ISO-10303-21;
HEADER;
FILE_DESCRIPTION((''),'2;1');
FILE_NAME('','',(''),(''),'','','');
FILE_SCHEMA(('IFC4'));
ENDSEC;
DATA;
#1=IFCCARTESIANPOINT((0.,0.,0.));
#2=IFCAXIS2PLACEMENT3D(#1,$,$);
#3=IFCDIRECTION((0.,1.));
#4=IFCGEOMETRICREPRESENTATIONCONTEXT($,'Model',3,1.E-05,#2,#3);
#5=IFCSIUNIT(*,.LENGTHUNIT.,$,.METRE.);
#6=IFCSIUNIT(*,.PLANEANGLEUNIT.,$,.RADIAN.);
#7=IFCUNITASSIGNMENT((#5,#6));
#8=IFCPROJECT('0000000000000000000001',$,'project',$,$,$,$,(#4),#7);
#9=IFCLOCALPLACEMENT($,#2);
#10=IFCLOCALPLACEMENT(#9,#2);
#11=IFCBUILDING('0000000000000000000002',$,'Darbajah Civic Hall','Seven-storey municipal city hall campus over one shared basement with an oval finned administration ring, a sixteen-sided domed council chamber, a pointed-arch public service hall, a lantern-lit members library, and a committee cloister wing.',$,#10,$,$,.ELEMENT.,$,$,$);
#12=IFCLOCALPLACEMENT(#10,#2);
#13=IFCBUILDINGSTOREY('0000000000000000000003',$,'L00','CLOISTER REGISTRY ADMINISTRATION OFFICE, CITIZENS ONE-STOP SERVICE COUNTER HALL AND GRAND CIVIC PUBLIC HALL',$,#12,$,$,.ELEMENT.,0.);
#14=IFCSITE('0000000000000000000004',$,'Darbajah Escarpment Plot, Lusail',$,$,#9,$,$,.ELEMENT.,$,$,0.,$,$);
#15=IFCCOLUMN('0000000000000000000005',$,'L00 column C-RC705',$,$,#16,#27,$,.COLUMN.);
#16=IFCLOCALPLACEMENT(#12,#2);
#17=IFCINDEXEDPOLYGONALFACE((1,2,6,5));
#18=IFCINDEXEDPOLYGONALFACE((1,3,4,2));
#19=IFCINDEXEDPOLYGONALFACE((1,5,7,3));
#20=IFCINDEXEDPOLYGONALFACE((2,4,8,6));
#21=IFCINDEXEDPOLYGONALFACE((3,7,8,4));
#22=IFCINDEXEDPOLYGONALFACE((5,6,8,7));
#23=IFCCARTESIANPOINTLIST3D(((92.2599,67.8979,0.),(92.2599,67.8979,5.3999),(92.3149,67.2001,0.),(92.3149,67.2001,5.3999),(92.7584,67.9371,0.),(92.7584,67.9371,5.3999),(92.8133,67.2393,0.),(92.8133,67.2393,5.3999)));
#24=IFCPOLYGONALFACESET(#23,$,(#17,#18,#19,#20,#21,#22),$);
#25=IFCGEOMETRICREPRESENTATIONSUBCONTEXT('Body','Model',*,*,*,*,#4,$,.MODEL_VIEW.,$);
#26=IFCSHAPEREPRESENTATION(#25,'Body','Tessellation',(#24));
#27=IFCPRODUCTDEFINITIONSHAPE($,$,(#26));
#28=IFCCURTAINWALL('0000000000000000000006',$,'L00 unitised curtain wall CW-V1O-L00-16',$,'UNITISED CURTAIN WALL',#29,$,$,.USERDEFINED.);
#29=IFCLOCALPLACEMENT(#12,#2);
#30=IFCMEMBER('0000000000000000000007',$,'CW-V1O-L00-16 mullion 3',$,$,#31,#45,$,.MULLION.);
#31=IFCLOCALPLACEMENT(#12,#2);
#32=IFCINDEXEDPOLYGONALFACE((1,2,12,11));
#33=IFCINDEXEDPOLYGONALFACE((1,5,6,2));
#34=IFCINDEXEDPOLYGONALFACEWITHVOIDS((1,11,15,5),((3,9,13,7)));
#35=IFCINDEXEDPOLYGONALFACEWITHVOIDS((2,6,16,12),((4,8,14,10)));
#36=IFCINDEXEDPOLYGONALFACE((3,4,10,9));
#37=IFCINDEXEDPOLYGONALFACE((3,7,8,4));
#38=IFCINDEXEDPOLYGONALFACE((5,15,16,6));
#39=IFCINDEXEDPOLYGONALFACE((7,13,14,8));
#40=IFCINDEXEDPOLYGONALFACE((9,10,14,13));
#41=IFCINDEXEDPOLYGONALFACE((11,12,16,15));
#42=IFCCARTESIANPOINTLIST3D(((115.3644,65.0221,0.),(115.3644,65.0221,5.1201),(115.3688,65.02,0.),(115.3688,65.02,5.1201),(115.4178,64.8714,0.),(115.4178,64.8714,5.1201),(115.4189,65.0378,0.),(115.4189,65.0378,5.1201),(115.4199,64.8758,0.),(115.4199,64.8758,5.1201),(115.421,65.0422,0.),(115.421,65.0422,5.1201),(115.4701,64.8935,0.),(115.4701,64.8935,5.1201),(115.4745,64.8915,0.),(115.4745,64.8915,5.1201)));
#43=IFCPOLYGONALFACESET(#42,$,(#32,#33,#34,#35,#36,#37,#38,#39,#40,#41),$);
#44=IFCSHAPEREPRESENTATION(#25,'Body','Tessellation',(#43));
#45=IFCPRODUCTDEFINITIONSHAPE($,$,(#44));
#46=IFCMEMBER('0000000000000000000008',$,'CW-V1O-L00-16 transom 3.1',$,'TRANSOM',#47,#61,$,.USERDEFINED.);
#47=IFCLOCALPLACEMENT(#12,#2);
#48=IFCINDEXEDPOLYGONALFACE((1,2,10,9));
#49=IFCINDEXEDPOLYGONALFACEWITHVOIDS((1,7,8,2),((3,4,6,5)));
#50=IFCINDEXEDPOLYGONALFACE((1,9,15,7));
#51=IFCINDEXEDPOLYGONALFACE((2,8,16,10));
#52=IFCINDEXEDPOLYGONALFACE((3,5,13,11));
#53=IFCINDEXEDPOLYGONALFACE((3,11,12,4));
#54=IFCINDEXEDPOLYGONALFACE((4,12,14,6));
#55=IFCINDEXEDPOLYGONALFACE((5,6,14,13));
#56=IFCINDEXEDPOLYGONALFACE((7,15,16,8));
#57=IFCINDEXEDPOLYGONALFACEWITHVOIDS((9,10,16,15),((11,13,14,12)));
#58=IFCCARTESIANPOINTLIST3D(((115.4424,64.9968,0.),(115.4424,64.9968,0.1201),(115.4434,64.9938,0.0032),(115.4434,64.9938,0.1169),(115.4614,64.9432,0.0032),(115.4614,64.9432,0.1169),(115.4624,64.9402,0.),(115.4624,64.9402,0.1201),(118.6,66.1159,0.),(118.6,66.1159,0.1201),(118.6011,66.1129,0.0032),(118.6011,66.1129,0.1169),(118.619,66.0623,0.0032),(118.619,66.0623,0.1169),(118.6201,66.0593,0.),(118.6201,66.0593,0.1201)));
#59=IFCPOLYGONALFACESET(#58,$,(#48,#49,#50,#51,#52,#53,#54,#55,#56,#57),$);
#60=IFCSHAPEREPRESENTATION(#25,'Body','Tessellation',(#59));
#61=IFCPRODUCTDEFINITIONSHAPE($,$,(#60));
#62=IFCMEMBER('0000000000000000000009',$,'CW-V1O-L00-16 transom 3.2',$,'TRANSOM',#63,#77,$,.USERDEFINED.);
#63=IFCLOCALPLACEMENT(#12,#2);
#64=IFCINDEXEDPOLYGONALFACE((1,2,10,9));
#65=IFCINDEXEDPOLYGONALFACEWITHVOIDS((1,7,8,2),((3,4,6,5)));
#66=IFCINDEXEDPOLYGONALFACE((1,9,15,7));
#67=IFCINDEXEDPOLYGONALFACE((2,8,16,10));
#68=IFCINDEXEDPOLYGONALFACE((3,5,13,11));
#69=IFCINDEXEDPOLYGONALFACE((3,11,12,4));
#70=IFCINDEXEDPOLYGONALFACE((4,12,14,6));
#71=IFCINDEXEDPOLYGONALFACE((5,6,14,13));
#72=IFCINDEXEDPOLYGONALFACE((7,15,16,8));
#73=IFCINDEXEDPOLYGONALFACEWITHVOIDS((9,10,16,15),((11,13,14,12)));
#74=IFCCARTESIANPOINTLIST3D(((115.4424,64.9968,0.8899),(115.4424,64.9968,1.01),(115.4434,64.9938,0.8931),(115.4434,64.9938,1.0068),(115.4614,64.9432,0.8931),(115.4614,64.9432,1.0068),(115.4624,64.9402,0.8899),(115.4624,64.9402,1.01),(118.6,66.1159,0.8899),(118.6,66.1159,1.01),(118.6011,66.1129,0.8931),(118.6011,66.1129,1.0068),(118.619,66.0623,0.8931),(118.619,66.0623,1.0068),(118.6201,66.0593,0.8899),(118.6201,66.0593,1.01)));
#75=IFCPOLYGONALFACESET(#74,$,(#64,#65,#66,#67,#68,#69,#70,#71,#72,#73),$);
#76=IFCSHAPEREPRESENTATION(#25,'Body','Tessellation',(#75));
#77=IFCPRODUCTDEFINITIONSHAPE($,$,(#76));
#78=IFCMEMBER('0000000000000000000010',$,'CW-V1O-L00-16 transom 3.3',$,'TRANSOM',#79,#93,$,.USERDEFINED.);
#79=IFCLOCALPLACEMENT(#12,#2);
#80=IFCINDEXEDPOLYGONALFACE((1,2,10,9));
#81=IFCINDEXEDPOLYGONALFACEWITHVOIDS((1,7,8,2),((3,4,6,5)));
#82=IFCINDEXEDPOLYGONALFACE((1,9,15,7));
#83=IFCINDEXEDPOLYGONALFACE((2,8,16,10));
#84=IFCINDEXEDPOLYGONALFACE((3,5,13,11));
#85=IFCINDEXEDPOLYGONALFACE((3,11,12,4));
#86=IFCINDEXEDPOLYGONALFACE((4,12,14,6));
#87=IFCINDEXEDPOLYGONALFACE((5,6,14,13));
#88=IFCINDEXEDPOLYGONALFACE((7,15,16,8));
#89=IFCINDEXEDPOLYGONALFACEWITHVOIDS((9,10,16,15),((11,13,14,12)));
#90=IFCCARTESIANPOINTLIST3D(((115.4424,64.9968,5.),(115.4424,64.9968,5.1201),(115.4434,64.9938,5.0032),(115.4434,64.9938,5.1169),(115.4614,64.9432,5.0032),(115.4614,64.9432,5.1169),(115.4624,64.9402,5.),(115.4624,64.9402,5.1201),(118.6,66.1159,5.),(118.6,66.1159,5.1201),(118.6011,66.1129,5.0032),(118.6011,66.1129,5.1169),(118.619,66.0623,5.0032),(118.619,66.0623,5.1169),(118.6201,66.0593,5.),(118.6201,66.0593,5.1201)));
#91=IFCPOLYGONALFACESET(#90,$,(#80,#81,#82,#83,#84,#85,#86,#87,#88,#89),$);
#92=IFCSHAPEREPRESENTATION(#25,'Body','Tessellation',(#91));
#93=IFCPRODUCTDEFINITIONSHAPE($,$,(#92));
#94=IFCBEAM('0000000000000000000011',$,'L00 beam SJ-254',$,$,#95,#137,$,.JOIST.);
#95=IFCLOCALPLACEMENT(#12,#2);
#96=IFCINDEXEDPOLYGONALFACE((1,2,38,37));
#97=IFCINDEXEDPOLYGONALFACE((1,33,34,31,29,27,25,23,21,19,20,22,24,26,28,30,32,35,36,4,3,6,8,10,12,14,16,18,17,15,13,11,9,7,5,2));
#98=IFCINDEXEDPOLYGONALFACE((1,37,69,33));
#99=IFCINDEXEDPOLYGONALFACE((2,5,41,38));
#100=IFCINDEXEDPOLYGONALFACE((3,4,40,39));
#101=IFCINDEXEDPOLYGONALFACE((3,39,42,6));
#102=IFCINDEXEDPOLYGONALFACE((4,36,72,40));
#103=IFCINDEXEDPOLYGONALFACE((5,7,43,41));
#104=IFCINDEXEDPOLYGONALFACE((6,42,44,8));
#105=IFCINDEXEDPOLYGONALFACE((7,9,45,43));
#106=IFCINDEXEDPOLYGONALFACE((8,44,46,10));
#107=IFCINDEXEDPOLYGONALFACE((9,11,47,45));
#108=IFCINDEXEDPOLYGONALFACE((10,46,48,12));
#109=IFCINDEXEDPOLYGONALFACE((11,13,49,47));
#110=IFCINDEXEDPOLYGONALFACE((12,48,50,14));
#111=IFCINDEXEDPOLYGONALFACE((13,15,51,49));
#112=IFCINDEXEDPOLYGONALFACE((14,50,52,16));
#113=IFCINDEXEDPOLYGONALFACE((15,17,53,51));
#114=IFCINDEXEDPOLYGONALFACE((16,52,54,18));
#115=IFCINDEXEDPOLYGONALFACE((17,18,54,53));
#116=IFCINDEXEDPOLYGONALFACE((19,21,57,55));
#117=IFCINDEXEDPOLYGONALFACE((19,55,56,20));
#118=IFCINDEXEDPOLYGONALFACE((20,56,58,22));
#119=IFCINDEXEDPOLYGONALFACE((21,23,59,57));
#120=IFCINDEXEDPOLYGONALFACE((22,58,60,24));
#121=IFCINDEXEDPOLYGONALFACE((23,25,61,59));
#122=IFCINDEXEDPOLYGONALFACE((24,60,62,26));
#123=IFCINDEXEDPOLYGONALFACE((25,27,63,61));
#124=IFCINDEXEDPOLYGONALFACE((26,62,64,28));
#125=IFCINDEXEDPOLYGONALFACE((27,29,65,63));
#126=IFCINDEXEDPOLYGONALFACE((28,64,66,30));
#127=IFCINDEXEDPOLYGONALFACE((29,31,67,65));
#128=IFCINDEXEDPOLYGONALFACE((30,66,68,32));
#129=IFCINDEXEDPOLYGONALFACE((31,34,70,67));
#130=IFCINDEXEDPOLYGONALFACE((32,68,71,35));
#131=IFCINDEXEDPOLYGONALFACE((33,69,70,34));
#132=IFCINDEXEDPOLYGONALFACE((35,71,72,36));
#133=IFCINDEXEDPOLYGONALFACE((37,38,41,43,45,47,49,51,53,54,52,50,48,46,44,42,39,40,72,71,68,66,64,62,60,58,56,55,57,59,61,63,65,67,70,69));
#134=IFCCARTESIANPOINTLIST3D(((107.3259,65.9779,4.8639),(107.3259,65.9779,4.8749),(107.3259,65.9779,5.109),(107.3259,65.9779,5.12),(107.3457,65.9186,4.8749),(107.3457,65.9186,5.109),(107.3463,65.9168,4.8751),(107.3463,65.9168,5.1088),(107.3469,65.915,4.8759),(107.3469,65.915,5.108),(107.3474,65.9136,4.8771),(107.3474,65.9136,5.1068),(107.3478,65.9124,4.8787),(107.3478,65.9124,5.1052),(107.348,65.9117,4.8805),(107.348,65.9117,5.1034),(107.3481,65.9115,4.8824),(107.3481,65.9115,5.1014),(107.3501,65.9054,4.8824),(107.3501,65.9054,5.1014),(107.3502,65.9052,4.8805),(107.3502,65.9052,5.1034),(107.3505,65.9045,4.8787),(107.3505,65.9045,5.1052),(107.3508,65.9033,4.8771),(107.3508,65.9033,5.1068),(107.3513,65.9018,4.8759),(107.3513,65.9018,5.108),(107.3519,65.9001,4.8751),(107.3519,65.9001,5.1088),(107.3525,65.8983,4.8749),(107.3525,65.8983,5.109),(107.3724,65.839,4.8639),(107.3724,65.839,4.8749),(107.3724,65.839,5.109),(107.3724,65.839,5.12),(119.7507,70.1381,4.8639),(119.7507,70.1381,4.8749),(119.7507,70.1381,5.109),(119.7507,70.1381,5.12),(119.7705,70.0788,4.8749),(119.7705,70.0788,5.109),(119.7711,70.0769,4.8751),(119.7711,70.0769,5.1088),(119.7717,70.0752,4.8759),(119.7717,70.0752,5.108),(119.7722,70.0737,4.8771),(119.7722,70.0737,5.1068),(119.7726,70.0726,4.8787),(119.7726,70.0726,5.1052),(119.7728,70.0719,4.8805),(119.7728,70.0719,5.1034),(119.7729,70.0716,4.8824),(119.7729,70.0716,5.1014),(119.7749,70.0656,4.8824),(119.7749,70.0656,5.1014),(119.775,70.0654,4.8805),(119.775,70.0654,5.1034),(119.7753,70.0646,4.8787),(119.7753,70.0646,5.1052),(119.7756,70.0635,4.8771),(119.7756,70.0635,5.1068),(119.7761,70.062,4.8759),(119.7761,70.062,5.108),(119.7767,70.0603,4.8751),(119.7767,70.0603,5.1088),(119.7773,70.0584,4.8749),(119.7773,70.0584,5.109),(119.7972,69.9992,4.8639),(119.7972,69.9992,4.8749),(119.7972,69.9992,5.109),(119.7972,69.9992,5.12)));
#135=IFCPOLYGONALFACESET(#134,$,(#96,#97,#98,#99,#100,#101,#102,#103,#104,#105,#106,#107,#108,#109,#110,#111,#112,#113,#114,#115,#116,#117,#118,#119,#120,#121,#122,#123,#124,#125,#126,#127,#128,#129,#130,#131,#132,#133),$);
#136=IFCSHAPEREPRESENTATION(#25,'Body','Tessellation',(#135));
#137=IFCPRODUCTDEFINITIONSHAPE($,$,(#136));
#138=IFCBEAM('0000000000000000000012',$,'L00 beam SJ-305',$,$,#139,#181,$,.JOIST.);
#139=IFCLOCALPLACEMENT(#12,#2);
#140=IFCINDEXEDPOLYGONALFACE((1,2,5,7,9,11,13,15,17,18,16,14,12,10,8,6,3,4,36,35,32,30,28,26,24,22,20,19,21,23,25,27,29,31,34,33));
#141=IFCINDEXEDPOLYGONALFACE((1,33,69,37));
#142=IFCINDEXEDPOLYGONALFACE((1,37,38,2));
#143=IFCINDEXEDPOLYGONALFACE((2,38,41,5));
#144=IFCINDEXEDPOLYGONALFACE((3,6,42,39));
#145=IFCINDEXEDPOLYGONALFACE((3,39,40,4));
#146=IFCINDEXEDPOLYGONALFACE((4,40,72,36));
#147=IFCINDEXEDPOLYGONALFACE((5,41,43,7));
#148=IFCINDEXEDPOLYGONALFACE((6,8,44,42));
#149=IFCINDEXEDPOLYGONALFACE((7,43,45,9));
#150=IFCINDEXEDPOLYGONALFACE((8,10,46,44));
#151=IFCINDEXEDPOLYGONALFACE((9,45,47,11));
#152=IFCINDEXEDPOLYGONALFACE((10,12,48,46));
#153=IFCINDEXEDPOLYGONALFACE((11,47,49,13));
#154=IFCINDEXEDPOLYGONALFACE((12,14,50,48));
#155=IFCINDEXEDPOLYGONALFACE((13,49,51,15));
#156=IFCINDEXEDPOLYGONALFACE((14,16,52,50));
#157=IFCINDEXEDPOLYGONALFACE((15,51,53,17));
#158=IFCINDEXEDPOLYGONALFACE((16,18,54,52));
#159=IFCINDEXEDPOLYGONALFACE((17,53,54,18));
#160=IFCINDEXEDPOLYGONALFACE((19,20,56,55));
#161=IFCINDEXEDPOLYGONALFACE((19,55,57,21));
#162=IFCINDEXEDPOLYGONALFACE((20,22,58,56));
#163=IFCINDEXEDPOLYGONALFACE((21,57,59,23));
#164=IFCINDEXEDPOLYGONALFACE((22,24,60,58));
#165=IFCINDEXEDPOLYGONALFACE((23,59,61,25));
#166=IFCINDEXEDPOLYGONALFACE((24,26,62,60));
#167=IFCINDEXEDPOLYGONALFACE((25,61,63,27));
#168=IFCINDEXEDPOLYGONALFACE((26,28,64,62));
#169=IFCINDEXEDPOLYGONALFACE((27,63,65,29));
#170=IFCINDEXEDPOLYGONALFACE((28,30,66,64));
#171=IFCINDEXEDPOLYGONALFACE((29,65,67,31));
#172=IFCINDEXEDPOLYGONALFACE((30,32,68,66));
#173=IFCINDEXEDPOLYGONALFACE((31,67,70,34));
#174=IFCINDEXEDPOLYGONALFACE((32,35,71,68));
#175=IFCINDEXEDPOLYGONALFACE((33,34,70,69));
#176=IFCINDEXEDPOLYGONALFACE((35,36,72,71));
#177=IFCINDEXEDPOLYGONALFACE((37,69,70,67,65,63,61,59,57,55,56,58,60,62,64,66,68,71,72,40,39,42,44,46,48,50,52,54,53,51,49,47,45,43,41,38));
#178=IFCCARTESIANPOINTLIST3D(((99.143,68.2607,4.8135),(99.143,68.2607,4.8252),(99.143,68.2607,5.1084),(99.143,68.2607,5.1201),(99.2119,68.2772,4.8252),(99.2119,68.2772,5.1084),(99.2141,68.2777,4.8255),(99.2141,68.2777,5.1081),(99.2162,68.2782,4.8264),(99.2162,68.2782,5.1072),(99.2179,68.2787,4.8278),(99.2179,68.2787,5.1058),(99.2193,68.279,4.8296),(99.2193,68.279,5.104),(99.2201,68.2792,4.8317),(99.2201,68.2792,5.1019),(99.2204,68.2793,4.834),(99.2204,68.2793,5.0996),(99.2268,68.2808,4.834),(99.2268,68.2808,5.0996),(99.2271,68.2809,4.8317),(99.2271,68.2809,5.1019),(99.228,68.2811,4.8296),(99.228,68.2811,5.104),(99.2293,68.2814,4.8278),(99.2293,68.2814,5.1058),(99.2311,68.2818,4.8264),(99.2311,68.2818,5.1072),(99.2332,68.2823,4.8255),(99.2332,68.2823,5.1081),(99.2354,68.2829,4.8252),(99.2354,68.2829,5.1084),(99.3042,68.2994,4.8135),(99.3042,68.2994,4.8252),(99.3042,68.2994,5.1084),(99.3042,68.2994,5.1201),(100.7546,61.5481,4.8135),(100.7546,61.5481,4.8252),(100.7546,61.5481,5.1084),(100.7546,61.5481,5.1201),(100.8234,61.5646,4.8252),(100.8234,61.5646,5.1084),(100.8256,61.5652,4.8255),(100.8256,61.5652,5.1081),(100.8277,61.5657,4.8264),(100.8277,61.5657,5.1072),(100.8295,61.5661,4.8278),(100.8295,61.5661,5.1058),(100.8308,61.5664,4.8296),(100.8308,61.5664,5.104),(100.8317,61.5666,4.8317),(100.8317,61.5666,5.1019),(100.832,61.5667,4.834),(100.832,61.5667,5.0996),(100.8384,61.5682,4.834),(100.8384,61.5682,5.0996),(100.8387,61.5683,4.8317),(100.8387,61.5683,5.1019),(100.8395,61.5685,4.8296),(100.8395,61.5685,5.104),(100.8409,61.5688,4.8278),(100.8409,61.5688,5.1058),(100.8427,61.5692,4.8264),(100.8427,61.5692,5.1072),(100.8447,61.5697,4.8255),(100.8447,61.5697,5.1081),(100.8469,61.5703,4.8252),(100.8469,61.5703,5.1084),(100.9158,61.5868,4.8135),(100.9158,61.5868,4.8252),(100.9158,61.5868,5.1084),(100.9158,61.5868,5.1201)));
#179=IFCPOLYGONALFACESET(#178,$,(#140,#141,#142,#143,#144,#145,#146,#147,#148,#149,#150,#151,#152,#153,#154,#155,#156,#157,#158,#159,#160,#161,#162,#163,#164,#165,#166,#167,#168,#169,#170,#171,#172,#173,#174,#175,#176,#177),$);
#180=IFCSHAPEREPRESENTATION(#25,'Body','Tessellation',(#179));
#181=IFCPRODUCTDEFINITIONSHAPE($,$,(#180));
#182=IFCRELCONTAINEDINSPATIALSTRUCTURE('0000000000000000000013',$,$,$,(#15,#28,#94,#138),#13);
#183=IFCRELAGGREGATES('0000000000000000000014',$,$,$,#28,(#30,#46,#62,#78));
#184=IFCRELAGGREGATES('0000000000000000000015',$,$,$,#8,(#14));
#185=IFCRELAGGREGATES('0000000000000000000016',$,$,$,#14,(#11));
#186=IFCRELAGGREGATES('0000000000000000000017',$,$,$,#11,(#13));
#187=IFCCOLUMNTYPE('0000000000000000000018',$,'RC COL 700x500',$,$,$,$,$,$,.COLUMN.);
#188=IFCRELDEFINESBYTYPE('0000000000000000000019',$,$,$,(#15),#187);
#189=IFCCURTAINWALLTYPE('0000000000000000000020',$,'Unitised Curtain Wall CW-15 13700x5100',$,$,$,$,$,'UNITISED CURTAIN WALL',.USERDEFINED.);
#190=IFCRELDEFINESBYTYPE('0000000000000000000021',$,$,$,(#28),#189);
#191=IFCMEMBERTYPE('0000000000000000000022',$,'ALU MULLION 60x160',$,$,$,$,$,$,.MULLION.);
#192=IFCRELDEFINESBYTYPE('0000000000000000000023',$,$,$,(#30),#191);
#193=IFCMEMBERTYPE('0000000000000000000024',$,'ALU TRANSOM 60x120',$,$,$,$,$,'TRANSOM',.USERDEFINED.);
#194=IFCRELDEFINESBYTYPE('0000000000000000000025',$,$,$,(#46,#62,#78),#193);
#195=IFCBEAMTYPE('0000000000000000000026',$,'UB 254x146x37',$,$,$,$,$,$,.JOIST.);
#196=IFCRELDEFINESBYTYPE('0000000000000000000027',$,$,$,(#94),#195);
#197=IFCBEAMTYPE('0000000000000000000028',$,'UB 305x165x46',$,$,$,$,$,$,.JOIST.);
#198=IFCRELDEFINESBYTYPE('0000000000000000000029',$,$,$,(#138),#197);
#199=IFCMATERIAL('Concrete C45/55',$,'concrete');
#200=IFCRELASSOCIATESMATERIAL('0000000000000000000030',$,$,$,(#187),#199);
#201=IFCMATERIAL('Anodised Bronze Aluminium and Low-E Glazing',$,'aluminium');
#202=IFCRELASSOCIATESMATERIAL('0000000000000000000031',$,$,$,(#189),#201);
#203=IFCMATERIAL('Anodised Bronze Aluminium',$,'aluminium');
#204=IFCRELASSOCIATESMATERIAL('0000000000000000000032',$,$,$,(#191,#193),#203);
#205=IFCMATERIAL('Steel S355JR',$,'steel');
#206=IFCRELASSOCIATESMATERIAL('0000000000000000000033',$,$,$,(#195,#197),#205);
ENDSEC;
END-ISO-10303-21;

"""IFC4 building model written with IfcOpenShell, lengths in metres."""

from ifc_helpers import new_model, si_unit, direction, frame, origin, origin_2d, place, context, subcontext, project, spatial, rectangle, hollow_rectangle, i_section, extrude, material, material_profile, profile_set, type_object, element, aggregate, save


model = new_model("IFC4")

# Units and contexts
model_context = context("Model", 3, precision=1e-05, world=origin(), true_north=direction((0.0, 1.0)))
body_context = subcontext(model_context, "Body", "Model", "MODEL_VIEW")
ifc_project = project(units=[si_unit("LENGTHUNIT", "METRE"), si_unit("PLANEANGLEUNIT", "RADIAN")], contexts=[model_context])

# Site, building, storey
site_placement = place(None, origin())
site = spatial("IfcSite", under=ifc_project, at=site_placement, Name="Darbajah Escarpment Plot, Lusail", CompositionType="ELEMENT", RefElevation=0.0)
building_placement = place(site_placement, origin())
building = spatial("IfcBuilding", under=site, at=building_placement, Name="Darbajah Civic Hall", Description="Seven-storey municipal city hall campus over one shared basement with an oval finned administration ring, a sixteen-sided domed council chamber, a pointed-arch public service hall, a lantern-lit members library, and a committee cloister wing.", CompositionType="ELEMENT")
storey_placement = place(building_placement, origin())
storey = spatial("IfcBuildingStorey", under=building, at=storey_placement, Name="L00", Description="CLOISTER REGISTRY ADMINISTRATION OFFICE, CITIZENS ONE-STOP SERVICE COUNTER HALL AND GRAND CIVIC PUBLIC HALL", CompositionType="ELEMENT", Elevation=0.0)

# Column
ifc_material_1 = material(Name="Concrete C45/55", Category="concrete")
ifc_material_profile_1 = material_profile(ifc_material_1, rectangle(XDim=0.7, YDim=0.5, at=origin_2d()), Name="RC COL 700x500")
ifc_profile_set_1 = profile_set([ifc_material_profile_1], Name="Concrete C45/55")
column_type = type_object("IfcColumnType", Name="RC COL 700x500", PredefinedType="COLUMN", material=ifc_profile_set_1)
column_placement = place(storey_placement, frame((92.5366, 67.5686, 0.0), z_axis=(0.0, 0.0, 1.0), x_axis=(0.078459, -0.996917, 0.0)))
element("IfcColumn", 1, at=column_placement, inside=storey, type_object=column_type, Name="L00 column C-RC705", PredefinedType="COLUMN", context=body_context, shape_type="SweptSolid", body=[
    extrude(rectangle(XDim=0.7, YDim=0.5, at=origin_2d()), origin(), (0.0, 0.0, 1.0), 5.3999),
])

# Curtain wall, members
ifc_material_2 = material(Name="Anodised Bronze Aluminium and Low-E Glazing", Category="aluminium")
curtain_wall_type = type_object("IfcCurtainWallType", Name="Unitised Curtain Wall CW-15 13700x5100", ElementType="UNITISED CURTAIN WALL", PredefinedType="USERDEFINED", material=ifc_material_2)
curtain_wall_placement = place(storey_placement, origin())
curtain_wall = element("IfcCurtainWall", 2, at=curtain_wall_placement, inside=storey, type_object=curtain_wall_type, Name="L00 unitised curtain wall CW-V1O-L00-16", ObjectType="UNITISED CURTAIN WALL", PredefinedType="USERDEFINED")
ifc_material_3 = material(Name="Anodised Bronze Aluminium", Category="aluminium")
ifc_material_profile_2 = material_profile(ifc_material_3, hollow_rectangle(XDim=0.0601, YDim=0.1599, WallThickness=0.0034, at=origin_2d()), Name="ALU MULLION 60x160")
ifc_profile_set_2 = profile_set([ifc_material_profile_2], Name="Anodised Bronze Aluminium")
member_type_1 = type_object("IfcMemberType", Name="ALU MULLION 60x160", PredefinedType="MULLION", material=ifc_profile_set_2)
member_1_placement = place(storey_placement, frame((115.4194, 64.9568, 0.0), z_axis=(0.0, 0.0, 1.0), x_axis=(0.942525, 0.334136, 0.0)))
member_1 = element("IfcMember", 3, at=member_1_placement, type_object=member_type_1, Name="CW-V1O-L00-16 mullion 3", PredefinedType="MULLION", context=body_context, shape_type="SweptSolid", body=[
    extrude(hollow_rectangle(XDim=0.0601, YDim=0.1599, WallThickness=0.0034, at=origin_2d()), origin(), (0.0, 0.0, 1.0), 5.1201),
])
ifc_material_profile_3 = material_profile(ifc_material_3, hollow_rectangle(XDim=0.0601, YDim=0.1201, WallThickness=0.0032, at=origin_2d()), Name="ALU TRANSOM 60x120")
ifc_profile_set_3 = profile_set([ifc_material_profile_3], Name="Anodised Bronze Aluminium")
member_type_2 = type_object("IfcMemberType", Name="ALU TRANSOM 60x120", ElementType="TRANSOM", PredefinedType="USERDEFINED", material=ifc_profile_set_3)
member_2_placement = place(storey_placement, frame((115.4524, 64.9685, 0.0601), z_axis=(0.942554, 0.334055, 0.0), x_axis=(-0.334055, 0.942554, 0.0)))
member_2 = element("IfcMember", 4, at=member_2_placement, type_object=member_type_2, Name="CW-V1O-L00-16 transom 3.1", ObjectType="TRANSOM", PredefinedType="USERDEFINED", context=body_context, shape_type="SweptSolid", body=[
    extrude(hollow_rectangle(XDim=0.0601, YDim=0.1201, WallThickness=0.0032, at=origin_2d()), origin(), (0.0, 0.0, 1.0), 3.3501),
])
member_3_placement = place(storey_placement, frame((115.4524, 64.9685, 0.95), z_axis=(0.942554, 0.334055, 0.0), x_axis=(-0.334055, 0.942554, 0.0)))
member_3 = element("IfcMember", 5, at=member_3_placement, type_object=member_type_2, Name="CW-V1O-L00-16 transom 3.2", ObjectType="TRANSOM", PredefinedType="USERDEFINED", context=body_context, shape_type="SweptSolid", body=[
    extrude(hollow_rectangle(XDim=0.0601, YDim=0.1201, WallThickness=0.0032, at=origin_2d()), origin(), (0.0, 0.0, 1.0), 3.3501),
])
member_4_placement = place(storey_placement, frame((115.4524, 64.9685, 5.0601), z_axis=(0.942554, 0.334055, 0.0), x_axis=(-0.334055, 0.942554, 0.0)))
member_4 = element("IfcMember", 6, at=member_4_placement, type_object=member_type_2, Name="CW-V1O-L00-16 transom 3.3", ObjectType="TRANSOM", PredefinedType="USERDEFINED", context=body_context, shape_type="SweptSolid", body=[
    extrude(hollow_rectangle(XDim=0.0601, YDim=0.1201, WallThickness=0.0032, at=origin_2d()), origin(), (0.0, 0.0, 1.0), 3.3501),
])

# Beams
ifc_material_4 = material(Name="Steel S355JR", Category="steel")
ifc_material_profile_4 = material_profile(ifc_material_4, i_section(OverallWidth=0.1465, OverallDepth=0.2561, WebThickness=0.0063, FlangeThickness=0.011, FilletRadius=0.0076, at=origin_2d()), Name="UB 254x146x37")
ifc_profile_set_4 = profile_set([ifc_material_profile_4], Name="Steel S355JR")
beam_type_1 = type_object("IfcBeamType", Name="UB 254x146x37", PredefinedType="JOIST", material=ifc_profile_set_4)
beam_1_placement = place(storey_placement, frame((107.3491, 65.9084, 4.9919), z_axis=(0.948258, 0.317502, 0.0), x_axis=(-0.317502, 0.948258, 0.0)))
element("IfcBeam", 7, at=beam_1_placement, inside=storey, type_object=beam_type_1, Name="L00 beam SJ-254", PredefinedType="JOIST", context=body_context, shape_type="SweptSolid", body=[
    extrude(i_section(OverallWidth=0.1465, OverallDepth=0.2561, WebThickness=0.0063, FlangeThickness=0.011, FilletRadius=0.0076, at=origin_2d()), origin(), (0.0, 0.0, 1.0), 13.1028),
])
ifc_material_profile_5 = material_profile(ifc_material_4, i_section(OverallWidth=0.1658, OverallDepth=0.3066, WebThickness=0.0066, FlangeThickness=0.0117, FilletRadius=0.0088, at=origin_2d()), Name="UB 305x165x46")
ifc_profile_set_5 = profile_set([ifc_material_profile_5], Name="Steel S355JR")
beam_type_2 = type_object("IfcBeamType", Name="UB 305x165x46", PredefinedType="JOIST", material=ifc_profile_set_5)
beam_2_placement = place(storey_placement, frame((99.2236, 68.28, 4.9668), z_axis=(0.233447, -0.97237, 0.0), x_axis=(0.97237, 0.233447, 0.0)))
element("IfcBeam", 8, at=beam_2_placement, inside=storey, type_object=beam_type_2, Name="L00 beam SJ-305", PredefinedType="JOIST", context=body_context, shape_type="SweptSolid", body=[
    extrude(i_section(OverallWidth=0.1658, OverallDepth=0.3066, WebThickness=0.0066, FlangeThickness=0.0117, FilletRadius=0.0088, at=origin_2d()), origin(), (0.0, 0.0, 1.0), 6.9033),
])

aggregate(curtain_wall, [member_1, member_2, member_3, member_4])

save(model, "model.ifc")
